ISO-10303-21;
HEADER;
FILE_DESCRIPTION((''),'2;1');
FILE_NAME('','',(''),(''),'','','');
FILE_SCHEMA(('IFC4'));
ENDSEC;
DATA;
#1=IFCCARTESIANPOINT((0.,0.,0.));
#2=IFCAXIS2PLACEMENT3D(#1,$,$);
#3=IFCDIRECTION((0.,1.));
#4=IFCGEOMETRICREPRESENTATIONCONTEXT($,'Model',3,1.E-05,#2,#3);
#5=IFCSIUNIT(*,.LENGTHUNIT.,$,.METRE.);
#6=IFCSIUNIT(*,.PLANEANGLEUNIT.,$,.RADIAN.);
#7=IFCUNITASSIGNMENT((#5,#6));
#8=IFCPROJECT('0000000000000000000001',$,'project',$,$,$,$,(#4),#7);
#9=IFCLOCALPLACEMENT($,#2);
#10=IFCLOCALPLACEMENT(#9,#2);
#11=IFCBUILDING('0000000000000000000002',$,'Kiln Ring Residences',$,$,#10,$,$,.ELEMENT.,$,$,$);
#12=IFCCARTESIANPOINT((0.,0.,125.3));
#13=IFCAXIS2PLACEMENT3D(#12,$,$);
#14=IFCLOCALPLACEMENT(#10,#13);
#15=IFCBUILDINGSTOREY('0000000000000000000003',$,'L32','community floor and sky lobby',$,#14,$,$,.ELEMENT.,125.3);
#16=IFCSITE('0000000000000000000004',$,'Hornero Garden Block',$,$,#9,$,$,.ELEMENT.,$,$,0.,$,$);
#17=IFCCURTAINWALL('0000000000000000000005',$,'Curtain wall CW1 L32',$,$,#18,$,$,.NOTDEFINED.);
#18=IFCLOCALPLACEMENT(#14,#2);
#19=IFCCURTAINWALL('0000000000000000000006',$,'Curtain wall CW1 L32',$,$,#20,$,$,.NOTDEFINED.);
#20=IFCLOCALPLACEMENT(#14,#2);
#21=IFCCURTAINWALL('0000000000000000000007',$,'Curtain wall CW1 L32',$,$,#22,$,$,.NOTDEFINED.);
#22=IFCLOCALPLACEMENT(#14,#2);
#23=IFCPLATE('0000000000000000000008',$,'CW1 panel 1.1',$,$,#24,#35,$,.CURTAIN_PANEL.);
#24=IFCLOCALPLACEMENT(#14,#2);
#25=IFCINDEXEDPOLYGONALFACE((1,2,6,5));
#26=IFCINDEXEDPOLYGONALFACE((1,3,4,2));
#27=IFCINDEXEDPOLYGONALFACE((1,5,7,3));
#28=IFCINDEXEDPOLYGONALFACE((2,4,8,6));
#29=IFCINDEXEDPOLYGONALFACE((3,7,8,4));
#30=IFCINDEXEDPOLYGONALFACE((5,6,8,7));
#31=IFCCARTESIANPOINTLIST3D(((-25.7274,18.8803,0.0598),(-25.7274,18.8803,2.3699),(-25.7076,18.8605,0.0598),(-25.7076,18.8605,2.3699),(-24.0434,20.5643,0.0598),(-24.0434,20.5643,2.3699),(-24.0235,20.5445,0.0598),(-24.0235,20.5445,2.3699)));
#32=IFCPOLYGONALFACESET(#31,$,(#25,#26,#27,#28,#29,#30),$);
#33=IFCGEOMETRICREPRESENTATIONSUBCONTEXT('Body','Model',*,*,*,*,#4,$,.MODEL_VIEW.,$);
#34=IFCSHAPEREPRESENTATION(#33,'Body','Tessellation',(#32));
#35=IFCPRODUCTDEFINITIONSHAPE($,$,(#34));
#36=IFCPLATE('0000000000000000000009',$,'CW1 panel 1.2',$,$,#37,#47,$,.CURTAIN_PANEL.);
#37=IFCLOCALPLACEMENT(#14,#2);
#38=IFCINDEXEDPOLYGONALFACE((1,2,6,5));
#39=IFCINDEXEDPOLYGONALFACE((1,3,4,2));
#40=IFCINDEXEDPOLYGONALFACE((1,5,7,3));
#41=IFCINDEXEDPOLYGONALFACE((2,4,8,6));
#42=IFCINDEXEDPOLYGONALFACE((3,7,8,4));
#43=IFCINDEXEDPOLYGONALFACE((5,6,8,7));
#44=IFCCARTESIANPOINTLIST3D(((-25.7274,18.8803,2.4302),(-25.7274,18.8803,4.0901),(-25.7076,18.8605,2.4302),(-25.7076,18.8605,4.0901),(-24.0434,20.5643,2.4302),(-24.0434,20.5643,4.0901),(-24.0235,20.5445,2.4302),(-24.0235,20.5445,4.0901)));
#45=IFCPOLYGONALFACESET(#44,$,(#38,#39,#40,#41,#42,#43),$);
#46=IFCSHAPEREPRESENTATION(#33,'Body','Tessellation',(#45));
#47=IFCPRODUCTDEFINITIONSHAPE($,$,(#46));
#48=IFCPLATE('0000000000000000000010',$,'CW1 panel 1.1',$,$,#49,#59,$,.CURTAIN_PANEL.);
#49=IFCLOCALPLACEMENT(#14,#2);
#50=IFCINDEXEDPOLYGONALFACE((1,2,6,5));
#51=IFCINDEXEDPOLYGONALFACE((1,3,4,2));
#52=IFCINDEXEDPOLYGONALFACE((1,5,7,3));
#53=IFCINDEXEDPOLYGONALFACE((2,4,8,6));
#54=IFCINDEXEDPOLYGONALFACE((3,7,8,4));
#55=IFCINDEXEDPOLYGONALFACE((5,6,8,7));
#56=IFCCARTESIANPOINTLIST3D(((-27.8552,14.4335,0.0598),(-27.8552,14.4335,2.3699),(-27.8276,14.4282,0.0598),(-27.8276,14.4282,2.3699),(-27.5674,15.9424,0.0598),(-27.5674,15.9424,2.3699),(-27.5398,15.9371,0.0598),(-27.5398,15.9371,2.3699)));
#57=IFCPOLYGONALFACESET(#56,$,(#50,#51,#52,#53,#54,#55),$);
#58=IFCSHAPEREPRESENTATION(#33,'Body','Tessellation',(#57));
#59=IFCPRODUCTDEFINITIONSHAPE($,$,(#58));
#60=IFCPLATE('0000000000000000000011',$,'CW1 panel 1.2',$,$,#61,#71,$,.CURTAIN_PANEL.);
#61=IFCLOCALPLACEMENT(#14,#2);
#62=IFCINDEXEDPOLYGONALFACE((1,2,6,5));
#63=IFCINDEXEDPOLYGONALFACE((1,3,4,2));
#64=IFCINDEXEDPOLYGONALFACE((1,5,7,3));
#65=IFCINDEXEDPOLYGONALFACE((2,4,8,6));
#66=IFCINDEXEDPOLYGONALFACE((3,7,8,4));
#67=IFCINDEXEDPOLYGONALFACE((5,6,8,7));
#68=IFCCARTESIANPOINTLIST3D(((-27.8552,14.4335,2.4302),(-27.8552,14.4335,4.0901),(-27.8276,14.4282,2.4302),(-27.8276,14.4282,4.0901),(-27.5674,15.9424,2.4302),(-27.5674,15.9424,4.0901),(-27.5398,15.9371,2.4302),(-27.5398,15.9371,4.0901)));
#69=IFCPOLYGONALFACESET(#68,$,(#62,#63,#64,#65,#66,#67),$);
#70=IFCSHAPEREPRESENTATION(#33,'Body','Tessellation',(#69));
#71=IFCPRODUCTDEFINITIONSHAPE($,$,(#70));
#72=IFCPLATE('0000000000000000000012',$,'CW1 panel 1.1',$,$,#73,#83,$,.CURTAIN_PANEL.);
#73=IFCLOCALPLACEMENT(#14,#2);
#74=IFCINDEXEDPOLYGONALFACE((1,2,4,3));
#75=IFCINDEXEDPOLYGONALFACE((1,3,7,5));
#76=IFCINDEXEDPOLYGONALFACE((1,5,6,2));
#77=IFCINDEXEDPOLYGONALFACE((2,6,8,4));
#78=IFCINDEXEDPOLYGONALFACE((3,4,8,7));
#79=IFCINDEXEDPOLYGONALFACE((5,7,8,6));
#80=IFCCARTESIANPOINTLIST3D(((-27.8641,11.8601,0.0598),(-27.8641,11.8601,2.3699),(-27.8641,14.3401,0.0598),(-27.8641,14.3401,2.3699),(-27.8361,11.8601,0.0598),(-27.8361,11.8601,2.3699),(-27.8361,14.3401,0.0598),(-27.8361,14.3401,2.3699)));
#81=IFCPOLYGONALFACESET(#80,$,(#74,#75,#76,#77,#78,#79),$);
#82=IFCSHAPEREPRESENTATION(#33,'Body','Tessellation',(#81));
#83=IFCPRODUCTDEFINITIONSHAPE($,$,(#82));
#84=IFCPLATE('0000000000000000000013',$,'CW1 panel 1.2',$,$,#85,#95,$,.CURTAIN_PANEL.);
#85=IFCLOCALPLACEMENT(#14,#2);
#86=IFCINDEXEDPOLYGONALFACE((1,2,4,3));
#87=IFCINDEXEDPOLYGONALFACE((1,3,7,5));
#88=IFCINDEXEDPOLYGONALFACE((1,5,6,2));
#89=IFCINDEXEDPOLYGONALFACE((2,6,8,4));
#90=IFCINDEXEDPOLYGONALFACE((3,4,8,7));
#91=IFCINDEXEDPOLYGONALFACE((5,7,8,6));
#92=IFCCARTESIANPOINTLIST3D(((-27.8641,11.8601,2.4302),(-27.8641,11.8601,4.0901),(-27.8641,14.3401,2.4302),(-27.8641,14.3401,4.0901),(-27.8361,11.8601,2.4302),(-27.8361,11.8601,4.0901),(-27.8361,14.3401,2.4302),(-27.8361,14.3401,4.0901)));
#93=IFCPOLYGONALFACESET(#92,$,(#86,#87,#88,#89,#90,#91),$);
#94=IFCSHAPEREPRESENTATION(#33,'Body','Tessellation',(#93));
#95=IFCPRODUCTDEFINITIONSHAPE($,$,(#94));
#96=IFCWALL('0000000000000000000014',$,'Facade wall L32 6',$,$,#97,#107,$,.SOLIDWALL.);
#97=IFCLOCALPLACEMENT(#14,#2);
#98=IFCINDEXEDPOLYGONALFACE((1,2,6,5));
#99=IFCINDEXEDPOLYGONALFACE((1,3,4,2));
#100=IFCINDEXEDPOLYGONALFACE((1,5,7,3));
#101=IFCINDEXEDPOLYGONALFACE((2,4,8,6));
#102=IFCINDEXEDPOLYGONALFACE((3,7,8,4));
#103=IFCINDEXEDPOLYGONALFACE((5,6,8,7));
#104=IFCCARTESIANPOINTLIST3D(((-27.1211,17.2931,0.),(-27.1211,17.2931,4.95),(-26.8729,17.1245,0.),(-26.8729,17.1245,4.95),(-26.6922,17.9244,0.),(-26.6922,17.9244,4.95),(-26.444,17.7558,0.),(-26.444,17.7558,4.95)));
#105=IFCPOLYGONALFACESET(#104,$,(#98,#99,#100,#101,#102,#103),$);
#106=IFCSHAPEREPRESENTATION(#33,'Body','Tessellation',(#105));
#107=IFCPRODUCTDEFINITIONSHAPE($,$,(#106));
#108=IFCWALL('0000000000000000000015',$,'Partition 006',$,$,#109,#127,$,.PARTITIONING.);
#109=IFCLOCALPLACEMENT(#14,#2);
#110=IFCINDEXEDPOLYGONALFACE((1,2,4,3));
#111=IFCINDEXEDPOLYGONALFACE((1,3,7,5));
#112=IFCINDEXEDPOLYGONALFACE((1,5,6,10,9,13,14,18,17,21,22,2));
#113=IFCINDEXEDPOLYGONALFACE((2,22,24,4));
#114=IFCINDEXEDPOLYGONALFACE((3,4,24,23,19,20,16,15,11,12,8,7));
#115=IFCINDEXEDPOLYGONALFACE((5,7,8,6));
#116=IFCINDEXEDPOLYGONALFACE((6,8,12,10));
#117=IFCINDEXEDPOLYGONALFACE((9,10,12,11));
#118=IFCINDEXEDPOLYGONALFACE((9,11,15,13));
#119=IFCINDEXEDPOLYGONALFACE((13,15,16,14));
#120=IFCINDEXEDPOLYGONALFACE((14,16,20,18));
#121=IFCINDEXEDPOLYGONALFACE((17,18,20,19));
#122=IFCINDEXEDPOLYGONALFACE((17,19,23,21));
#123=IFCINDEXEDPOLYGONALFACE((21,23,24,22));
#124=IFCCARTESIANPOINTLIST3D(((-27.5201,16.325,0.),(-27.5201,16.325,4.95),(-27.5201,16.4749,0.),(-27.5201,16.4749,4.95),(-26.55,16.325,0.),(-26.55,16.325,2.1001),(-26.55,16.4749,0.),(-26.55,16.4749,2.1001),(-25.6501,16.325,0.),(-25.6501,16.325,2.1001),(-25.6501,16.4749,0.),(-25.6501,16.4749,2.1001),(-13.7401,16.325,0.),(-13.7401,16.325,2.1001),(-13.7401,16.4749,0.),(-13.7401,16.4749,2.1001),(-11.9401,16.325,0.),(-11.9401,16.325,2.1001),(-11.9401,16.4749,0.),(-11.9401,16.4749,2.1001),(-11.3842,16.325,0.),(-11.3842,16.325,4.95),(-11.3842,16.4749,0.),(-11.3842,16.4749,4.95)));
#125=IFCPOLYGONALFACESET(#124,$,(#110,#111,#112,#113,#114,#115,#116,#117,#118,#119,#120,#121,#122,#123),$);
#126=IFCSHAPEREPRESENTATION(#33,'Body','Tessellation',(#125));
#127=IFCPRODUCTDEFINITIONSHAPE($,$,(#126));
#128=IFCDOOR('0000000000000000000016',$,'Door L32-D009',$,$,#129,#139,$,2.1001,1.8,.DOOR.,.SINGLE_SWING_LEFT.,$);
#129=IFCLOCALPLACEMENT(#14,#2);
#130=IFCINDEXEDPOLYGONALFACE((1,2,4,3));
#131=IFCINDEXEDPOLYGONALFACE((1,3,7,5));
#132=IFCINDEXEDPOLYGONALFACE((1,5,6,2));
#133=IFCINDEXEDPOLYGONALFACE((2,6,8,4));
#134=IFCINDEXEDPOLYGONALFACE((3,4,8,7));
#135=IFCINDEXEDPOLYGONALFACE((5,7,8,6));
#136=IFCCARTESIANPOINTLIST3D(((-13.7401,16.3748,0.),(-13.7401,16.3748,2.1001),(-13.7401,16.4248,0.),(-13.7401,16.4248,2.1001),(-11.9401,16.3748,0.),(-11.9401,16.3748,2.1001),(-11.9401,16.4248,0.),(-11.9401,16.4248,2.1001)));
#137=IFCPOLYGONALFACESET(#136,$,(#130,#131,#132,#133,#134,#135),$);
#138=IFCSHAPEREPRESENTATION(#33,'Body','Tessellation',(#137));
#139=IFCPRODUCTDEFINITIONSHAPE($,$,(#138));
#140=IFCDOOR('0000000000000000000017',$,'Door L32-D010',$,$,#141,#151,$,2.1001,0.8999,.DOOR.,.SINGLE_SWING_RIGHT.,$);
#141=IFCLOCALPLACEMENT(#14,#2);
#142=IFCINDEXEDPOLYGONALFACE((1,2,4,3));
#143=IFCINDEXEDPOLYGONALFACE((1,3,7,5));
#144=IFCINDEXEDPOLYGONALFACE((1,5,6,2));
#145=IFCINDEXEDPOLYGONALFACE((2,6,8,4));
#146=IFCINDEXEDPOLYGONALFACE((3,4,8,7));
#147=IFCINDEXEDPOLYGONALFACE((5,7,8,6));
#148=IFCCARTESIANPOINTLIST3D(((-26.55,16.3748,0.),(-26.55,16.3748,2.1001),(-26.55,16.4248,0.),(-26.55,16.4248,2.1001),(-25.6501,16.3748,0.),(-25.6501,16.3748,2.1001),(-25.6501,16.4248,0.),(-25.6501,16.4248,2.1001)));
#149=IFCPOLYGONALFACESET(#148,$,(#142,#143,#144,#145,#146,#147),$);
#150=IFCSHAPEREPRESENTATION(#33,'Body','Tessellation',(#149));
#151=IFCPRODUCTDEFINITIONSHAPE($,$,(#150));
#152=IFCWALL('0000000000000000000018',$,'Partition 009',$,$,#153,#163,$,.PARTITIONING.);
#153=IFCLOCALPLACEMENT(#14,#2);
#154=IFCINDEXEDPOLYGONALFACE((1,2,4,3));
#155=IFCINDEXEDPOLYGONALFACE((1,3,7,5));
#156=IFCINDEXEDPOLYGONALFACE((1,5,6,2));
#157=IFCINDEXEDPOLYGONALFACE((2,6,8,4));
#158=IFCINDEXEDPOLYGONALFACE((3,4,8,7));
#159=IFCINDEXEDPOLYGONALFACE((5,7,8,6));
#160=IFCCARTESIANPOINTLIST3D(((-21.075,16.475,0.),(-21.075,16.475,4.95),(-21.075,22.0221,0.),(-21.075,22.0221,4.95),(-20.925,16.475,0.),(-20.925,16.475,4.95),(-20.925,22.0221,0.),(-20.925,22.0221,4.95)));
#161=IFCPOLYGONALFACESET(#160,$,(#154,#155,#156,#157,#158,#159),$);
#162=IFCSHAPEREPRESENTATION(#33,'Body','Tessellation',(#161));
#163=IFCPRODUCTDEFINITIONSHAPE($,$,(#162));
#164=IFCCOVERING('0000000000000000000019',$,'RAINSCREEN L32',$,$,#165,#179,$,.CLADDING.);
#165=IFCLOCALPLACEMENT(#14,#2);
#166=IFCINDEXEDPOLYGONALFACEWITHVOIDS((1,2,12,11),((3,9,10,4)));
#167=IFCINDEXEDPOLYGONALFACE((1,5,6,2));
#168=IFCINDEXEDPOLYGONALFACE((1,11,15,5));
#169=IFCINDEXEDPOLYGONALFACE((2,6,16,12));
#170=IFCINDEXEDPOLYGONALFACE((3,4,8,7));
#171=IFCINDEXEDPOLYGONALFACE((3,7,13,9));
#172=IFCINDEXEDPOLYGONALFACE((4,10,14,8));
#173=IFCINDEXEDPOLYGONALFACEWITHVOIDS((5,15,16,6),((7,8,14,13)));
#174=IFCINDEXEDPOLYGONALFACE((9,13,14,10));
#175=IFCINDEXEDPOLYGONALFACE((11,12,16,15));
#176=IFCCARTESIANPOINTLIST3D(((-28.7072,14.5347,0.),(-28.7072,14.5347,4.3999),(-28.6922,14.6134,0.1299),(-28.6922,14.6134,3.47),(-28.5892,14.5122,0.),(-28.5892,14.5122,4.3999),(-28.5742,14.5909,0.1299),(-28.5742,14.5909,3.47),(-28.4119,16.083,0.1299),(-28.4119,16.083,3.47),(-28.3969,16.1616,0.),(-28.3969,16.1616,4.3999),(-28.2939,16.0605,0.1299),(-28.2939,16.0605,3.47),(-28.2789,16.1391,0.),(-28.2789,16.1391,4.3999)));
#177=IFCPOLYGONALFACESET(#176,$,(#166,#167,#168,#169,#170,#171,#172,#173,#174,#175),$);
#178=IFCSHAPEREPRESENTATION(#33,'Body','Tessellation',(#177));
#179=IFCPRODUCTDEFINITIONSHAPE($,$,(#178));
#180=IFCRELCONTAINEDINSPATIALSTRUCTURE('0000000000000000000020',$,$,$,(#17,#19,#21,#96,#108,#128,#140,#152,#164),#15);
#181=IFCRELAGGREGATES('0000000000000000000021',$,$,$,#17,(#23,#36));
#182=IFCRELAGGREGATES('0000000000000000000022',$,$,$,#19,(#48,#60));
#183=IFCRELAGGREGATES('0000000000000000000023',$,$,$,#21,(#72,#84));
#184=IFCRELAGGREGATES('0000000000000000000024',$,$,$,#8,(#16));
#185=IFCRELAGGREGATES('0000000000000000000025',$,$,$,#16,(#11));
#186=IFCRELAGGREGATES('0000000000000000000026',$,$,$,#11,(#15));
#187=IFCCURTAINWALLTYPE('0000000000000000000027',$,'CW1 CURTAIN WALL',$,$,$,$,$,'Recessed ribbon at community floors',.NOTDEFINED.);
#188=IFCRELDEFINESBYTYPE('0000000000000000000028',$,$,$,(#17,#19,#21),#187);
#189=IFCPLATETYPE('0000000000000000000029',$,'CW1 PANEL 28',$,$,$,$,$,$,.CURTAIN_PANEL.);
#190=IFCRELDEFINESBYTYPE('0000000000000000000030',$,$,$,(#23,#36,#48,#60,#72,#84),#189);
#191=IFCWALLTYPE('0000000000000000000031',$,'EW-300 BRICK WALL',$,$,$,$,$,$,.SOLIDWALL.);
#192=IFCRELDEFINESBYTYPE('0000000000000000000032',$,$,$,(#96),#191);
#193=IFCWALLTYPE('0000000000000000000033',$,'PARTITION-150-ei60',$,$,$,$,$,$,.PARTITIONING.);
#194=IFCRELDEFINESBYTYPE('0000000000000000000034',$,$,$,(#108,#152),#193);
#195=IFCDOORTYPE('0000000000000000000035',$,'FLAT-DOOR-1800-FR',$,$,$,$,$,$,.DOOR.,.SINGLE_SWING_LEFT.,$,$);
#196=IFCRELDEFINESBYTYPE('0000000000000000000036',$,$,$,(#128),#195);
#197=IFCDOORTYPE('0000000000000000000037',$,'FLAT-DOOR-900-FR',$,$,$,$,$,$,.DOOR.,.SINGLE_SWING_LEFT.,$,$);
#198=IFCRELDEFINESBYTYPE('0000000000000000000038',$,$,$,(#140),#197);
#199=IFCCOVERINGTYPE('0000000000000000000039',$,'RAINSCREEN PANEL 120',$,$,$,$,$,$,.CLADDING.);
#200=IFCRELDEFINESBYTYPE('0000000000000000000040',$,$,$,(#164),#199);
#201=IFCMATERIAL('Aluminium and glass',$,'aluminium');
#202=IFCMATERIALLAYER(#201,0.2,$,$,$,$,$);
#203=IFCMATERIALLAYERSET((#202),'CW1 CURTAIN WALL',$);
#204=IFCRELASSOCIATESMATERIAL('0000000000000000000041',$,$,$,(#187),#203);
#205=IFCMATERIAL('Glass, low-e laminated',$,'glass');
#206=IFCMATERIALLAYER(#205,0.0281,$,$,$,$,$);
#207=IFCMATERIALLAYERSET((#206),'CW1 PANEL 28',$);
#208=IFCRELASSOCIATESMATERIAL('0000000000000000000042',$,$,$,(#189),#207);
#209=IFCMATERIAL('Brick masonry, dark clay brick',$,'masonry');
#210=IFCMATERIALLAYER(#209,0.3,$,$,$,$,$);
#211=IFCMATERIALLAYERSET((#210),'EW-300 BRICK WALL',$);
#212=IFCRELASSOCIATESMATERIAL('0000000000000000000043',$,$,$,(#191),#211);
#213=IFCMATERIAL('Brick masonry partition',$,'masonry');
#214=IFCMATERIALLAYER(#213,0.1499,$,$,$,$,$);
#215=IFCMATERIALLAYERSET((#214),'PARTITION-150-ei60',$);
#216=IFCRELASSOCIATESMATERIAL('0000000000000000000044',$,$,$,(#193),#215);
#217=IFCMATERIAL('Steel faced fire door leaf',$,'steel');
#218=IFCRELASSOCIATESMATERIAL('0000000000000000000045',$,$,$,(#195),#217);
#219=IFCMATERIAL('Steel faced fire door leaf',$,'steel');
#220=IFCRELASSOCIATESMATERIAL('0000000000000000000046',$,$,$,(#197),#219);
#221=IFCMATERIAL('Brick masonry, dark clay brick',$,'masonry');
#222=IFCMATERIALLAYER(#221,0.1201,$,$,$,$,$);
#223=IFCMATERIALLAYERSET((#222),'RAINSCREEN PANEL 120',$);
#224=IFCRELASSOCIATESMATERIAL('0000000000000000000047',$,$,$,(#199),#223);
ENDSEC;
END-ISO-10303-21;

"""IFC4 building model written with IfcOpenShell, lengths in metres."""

from ifc_helpers import new_model, si_unit, direction, frame, frame_2d, origin, origin_2d, place, context, subcontext, project, spatial, polyline, rectangle, outline, extrude, material, layer, layer_set, type_object, element, fill, aggregate, save


model = new_model("IFC4")

# Units and contexts
model_context = context("Model", 3, precision=1e-05, world=origin(), true_north=direction((0.0, 1.0)))
body_context = subcontext(model_context, "Body", "Model", "MODEL_VIEW")
ifc_project = project(units=[si_unit("LENGTHUNIT", "METRE"), si_unit("PLANEANGLEUNIT", "RADIAN")], contexts=[model_context])

# Site, building, storey
site_placement = place(None, origin())
site = spatial("IfcSite", under=ifc_project, at=site_placement, Name="Hornero Garden Block", CompositionType="ELEMENT", RefElevation=0.0)
building_placement = place(site_placement, origin())
building = spatial("IfcBuilding", under=site, at=building_placement, Name="Kiln Ring Residences", CompositionType="ELEMENT")
storey_placement = place(building_placement, frame((0.0, 0.0, 125.3)))
storey = spatial("IfcBuildingStorey", under=building, at=storey_placement, Name="L32", Description="community floor and sky lobby", CompositionType="ELEMENT", Elevation=125.3)

# Curtain wall
ifc_material_1 = material(Name="Aluminium and glass", Category="aluminium")
ifc_layer_1 = layer(ifc_material_1, 0.2)
ifc_layer_set_1 = layer_set([ifc_layer_1], Name="CW1 CURTAIN WALL")
curtain_wall_type = type_object("IfcCurtainWallType", Name="CW1 CURTAIN WALL", ElementType="Recessed ribbon at community floors", PredefinedType="NOTDEFINED", material=ifc_layer_set_1)
placement = place(storey_placement, origin())
curtain_wall_1 = element("IfcCurtainWall", 1, at=placement, inside=storey, type_object=curtain_wall_type, Name="Curtain wall CW1 L32", PredefinedType="NOTDEFINED")

# Curtain walls
curtain_wall_2 = element("IfcCurtainWall", 2, at=placement, inside=storey, type_object=curtain_wall_type, Name="Curtain wall CW1 L32", PredefinedType="NOTDEFINED")
curtain_wall_3 = element("IfcCurtainWall", 3, at=placement, inside=storey, type_object=curtain_wall_type, Name="Curtain wall CW1 L32", PredefinedType="NOTDEFINED")

# Plates
ifc_material_2 = material(Name="Glass, low-e laminated", Category="glass")
ifc_layer_2 = layer(ifc_material_2, 0.0281)
ifc_layer_set_2 = layer_set([ifc_layer_2], Name="CW1 PANEL 28")
plate_type = type_object("IfcPlateType", Name="CW1 PANEL 28", PredefinedType="CURTAIN_PANEL", material=ifc_layer_set_2)
plate_1_placement = place(storey_placement, frame((-24.8755, 19.7124, 0.0598), z_axis=(0.0, 0.0, 1.0), x_axis=(-0.707107, -0.707107, 0.0)))
plate_1 = element("IfcPlate", 4, at=plate_1_placement, type_object=plate_type, Name="CW1 panel 1.1", PredefinedType="CURTAIN_PANEL", context=body_context, shape_type="SweptSolid", body=[
    extrude(rectangle(XDim=2.3816, YDim=0.0281, at=origin_2d()), origin(), (0.0, 0.0, 1.0), 2.3101),
])
plate_2_placement = place(storey_placement, frame((-24.8755, 19.7124, 2.4302), z_axis=(0.0, 0.0, 1.0), x_axis=(-0.707107, -0.707107, 0.0)))
plate_2 = element("IfcPlate", 5, at=plate_2_placement, type_object=plate_type, Name="CW1 panel 1.2", PredefinedType="CURTAIN_PANEL", context=body_context, shape_type="SweptSolid", body=[
    extrude(rectangle(XDim=2.3816, YDim=0.0281, at=origin_2d()), origin(), (0.0, 0.0, 1.0), 1.6599),
])
aggregate(curtain_wall_1, [plate_1, plate_2])
plate_3_placement = place(storey_placement, frame((-27.6975, 15.1853, 0.0598), z_axis=(0.0, 0.0, 1.0), x_axis=(-0.187366, -0.98229, 0.0)))
plate_3 = element("IfcPlate", 6, at=plate_3_placement, type_object=plate_type, Name="CW1 panel 1.1", PredefinedType="CURTAIN_PANEL", context=body_context, shape_type="SweptSolid", body=[
    extrude(rectangle(XDim=1.5361, YDim=0.0281, at=origin_2d()), origin(), (0.0, 0.0, 1.0), 2.3101),
])
plate_4_placement = place(storey_placement, frame((-27.6975, 15.1853, 2.4302), z_axis=(0.0, 0.0, 1.0), x_axis=(-0.187366, -0.98229, 0.0)))
plate_4 = element("IfcPlate", 7, at=plate_4_placement, type_object=plate_type, Name="CW1 panel 1.2", PredefinedType="CURTAIN_PANEL", context=body_context, shape_type="SweptSolid", body=[
    extrude(rectangle(XDim=1.5361, YDim=0.0281, at=origin_2d()), origin(), (0.0, 0.0, 1.0), 1.6599),
])
aggregate(curtain_wall_2, [plate_3, plate_4])
plate_5_placement = place(storey_placement, frame((-27.8501, 13.1001, 0.0598), z_axis=(0.0, 0.0, 1.0), x_axis=(0.0, -1.0, 0.0)))
plate_5 = element("IfcPlate", 8, at=plate_5_placement, type_object=plate_type, Name="CW1 panel 1.1", PredefinedType="CURTAIN_PANEL", context=body_context, shape_type="SweptSolid", body=[
    extrude(rectangle(XDim=2.48, YDim=0.0281, at=origin_2d()), origin(), (0.0, 0.0, 1.0), 2.3101),
])
plate_6_placement = place(storey_placement, frame((-27.8501, 13.1001, 2.4302), z_axis=(0.0, 0.0, 1.0), x_axis=(0.0, -1.0, 0.0)))
plate_6 = element("IfcPlate", 9, at=plate_6_placement, type_object=plate_type, Name="CW1 panel 1.2", PredefinedType="CURTAIN_PANEL", context=body_context, shape_type="SweptSolid", body=[
    extrude(rectangle(XDim=2.48, YDim=0.0281, at=origin_2d()), origin(), (0.0, 0.0, 1.0), 1.6599),
])
aggregate(curtain_wall_3, [plate_5, plate_6])

# Wall
ifc_material_3 = material(Name="Brick masonry, dark clay brick", Category="masonry")
ifc_layer_3 = layer(ifc_material_3, 0.3)
ifc_layer_set_3 = layer_set([ifc_layer_3], Name="EW-300 BRICK WALL")
wall_type_1 = type_object("IfcWallType", Name="EW-300 BRICK WALL", PredefinedType="SOLIDWALL", material=ifc_layer_set_3)
wall_1_placement = place(storey_placement, frame((-26.5681, 17.8401, 0.0), z_axis=(0.0, 0.0, 1.0), x_axis=(-0.561986, -0.827147, 0.0)))
element("IfcWall", 10, at=wall_1_placement, inside=storey, type_object=wall_type_1, Name="Facade wall L32 6", PredefinedType="SOLIDWALL", context=body_context, shape_type="SweptSolid", body=[
    extrude(rectangle(XDim=0.7632, YDim=0.3, at=frame_2d((0.3816, 0.0))), origin(), (0.0, 0.0, 1.0), 4.95),
])

# Wall, openings, doors
ifc_material_4 = material(Name="Brick masonry partition", Category="masonry")
ifc_layer_4 = layer(ifc_material_4, 0.1499)
ifc_layer_set_4 = layer_set([ifc_layer_4], Name="PARTITION-150-ei60")
wall_type_2 = type_object("IfcWallType", Name="PARTITION-150-ei60", PredefinedType="PARTITIONING", material=ifc_layer_set_4)
wall_2_placement = place(storey_placement, frame((-27.52, 16.3999, 0.0), z_axis=(0.0, 0.0, 1.0), x_axis=(1.0, 0.0, 0.0)))
wall_2 = element("IfcWall", 11, at=wall_2_placement, inside=storey, type_object=wall_type_2, Name="Partition 006", PredefinedType="PARTITIONING", context=body_context, shape_type="SweptSolid", body=[
    extrude(rectangle(XDim=16.136, YDim=0.1499, at=frame_2d((8.0679, 0.0))), origin(), (0.0, 0.0, 1.0), 4.95),
])
opening_1_placement = place(wall_2_placement, frame((13.78, 0.0, 0.0)))
opening_1 = element("IfcOpeningElement", 12, at=opening_1_placement, cuts=wall_2, PredefinedType="OPENING", context=body_context, shape_type="SweptSolid", body=[
    extrude(rectangle(XDim=1.8, YDim=2.1001, at=frame_2d((0.8999, 1.05))), frame((0.0, 0.085, 0.0), z_axis=(0.0, -1.0, 0.0), x_axis=(1.0, 0.0, 0.0)), (0.0, 0.0, 1.0), 0.1699),
])
opening_2_placement = place(wall_2_placement, frame((0.97, 0.0, 0.0)))
opening_2 = element("IfcOpeningElement", 13, at=opening_2_placement, cuts=wall_2, PredefinedType="OPENING", context=body_context, shape_type="SweptSolid", body=[
    extrude(rectangle(XDim=0.8999, YDim=2.1001, at=frame_2d((0.45, 1.05))), frame((0.0, 0.085, 0.0), z_axis=(0.0, -1.0, 0.0), x_axis=(1.0, 0.0, 0.0)), (0.0, 0.0, 1.0), 0.1699),
])
ifc_material_5 = material(Name="Steel faced fire door leaf", Category="steel")
door_type_1 = type_object("IfcDoorType", Name="FLAT-DOOR-1800-FR", OperationType="SINGLE_SWING_LEFT", PredefinedType="DOOR", material=ifc_material_5)
door_1_placement = place(opening_1_placement, origin())
door_1 = element("IfcDoor", 14, at=door_1_placement, inside=storey, type_object=door_type_1, Name="Door L32-D009", OperationType="SINGLE_SWING_LEFT", OverallHeight=2.1001, OverallWidth=1.8, PredefinedType="DOOR", context=body_context, shape_type="SweptSolid", body=[
    extrude(rectangle(XDim=1.8, YDim=2.1001, at=frame_2d((0.8999, 1.05))), frame((0.0, 0.0249, 0.0), z_axis=(0.0, -1.0, 0.0), x_axis=(1.0, 0.0, 0.0)), (0.0, 0.0, 1.0), 0.05),
])
fill(opening_1, door_1)
ifc_material_6 = material(Name="Steel faced fire door leaf", Category="steel")
door_type_2 = type_object("IfcDoorType", Name="FLAT-DOOR-900-FR", OperationType="SINGLE_SWING_LEFT", PredefinedType="DOOR", material=ifc_material_6)
door_2_placement = place(opening_2_placement, origin())
door_2 = element("IfcDoor", 15, at=door_2_placement, inside=storey, type_object=door_type_2, Name="Door L32-D010", OperationType="SINGLE_SWING_RIGHT", OverallHeight=2.1001, OverallWidth=0.8999, PredefinedType="DOOR", context=body_context, shape_type="SweptSolid", body=[
    extrude(rectangle(XDim=0.8999, YDim=2.1001, at=frame_2d((0.45, 1.05))), frame((0.0, 0.0249, 0.0), z_axis=(0.0, -1.0, 0.0), x_axis=(1.0, 0.0, 0.0)), (0.0, 0.0, 1.0), 0.05),
])
fill(opening_2, door_2)

# Wall
wall_3_placement = place(storey_placement, frame((-21.0, 16.4751, 0.0), z_axis=(0.0, 0.0, 1.0), x_axis=(0.0, 1.0, 0.0)))
element("IfcWall", 16, at=wall_3_placement, inside=storey, type_object=wall_type_2, Name="Partition 009", PredefinedType="PARTITIONING", context=body_context, shape_type="SweptSolid", body=[
    extrude(rectangle(XDim=5.5471, YDim=0.1499, at=frame_2d((2.7734, 0.0))), origin(), (0.0, 0.0, 1.0), 4.95),
])

# Covering
ifc_material_7 = material(Name="Brick masonry, dark clay brick", Category="masonry")
ifc_layer_5 = layer(ifc_material_7, 0.1201)
ifc_layer_set_5 = layer_set([ifc_layer_5], Name="RAINSCREEN PANEL 120")
covering_type = type_object("IfcCoveringType", Name="RAINSCREEN PANEL 120", PredefinedType="CLADDING", material=ifc_layer_set_5)
covering_1_placement = place(storey_placement, frame((-28.3379, 16.1504, 0.0), z_axis=(0.0, 0.0, 1.0), x_axis=(-0.187376, -0.982288, 0.0)))
element("IfcCovering", 17, at=covering_1_placement, inside=storey, type_object=covering_type, Name="RAINSCREEN L32", PredefinedType="CLADDING", context=body_context, shape_type="SweptSolid", body=[
    extrude(outline(polyline([(0.0, 0.0), (1.6562, 0.0), (1.6562, 4.3999), (0.0, 4.3999), (0.0, 0.0)]), holes=[polyline([(0.0801, 3.47), (0.0801, 0.1299), (1.5762, 0.1299), (1.5762, 3.47), (0.0801, 3.47)])]), frame((0.0, 0.0601, 0.0), z_axis=(0.0, -1.0, 0.0), x_axis=(1.0, 0.0, 0.0)), (0.0, 0.0, 1.0), 0.1201),
])

save(model, "model.ifc")
